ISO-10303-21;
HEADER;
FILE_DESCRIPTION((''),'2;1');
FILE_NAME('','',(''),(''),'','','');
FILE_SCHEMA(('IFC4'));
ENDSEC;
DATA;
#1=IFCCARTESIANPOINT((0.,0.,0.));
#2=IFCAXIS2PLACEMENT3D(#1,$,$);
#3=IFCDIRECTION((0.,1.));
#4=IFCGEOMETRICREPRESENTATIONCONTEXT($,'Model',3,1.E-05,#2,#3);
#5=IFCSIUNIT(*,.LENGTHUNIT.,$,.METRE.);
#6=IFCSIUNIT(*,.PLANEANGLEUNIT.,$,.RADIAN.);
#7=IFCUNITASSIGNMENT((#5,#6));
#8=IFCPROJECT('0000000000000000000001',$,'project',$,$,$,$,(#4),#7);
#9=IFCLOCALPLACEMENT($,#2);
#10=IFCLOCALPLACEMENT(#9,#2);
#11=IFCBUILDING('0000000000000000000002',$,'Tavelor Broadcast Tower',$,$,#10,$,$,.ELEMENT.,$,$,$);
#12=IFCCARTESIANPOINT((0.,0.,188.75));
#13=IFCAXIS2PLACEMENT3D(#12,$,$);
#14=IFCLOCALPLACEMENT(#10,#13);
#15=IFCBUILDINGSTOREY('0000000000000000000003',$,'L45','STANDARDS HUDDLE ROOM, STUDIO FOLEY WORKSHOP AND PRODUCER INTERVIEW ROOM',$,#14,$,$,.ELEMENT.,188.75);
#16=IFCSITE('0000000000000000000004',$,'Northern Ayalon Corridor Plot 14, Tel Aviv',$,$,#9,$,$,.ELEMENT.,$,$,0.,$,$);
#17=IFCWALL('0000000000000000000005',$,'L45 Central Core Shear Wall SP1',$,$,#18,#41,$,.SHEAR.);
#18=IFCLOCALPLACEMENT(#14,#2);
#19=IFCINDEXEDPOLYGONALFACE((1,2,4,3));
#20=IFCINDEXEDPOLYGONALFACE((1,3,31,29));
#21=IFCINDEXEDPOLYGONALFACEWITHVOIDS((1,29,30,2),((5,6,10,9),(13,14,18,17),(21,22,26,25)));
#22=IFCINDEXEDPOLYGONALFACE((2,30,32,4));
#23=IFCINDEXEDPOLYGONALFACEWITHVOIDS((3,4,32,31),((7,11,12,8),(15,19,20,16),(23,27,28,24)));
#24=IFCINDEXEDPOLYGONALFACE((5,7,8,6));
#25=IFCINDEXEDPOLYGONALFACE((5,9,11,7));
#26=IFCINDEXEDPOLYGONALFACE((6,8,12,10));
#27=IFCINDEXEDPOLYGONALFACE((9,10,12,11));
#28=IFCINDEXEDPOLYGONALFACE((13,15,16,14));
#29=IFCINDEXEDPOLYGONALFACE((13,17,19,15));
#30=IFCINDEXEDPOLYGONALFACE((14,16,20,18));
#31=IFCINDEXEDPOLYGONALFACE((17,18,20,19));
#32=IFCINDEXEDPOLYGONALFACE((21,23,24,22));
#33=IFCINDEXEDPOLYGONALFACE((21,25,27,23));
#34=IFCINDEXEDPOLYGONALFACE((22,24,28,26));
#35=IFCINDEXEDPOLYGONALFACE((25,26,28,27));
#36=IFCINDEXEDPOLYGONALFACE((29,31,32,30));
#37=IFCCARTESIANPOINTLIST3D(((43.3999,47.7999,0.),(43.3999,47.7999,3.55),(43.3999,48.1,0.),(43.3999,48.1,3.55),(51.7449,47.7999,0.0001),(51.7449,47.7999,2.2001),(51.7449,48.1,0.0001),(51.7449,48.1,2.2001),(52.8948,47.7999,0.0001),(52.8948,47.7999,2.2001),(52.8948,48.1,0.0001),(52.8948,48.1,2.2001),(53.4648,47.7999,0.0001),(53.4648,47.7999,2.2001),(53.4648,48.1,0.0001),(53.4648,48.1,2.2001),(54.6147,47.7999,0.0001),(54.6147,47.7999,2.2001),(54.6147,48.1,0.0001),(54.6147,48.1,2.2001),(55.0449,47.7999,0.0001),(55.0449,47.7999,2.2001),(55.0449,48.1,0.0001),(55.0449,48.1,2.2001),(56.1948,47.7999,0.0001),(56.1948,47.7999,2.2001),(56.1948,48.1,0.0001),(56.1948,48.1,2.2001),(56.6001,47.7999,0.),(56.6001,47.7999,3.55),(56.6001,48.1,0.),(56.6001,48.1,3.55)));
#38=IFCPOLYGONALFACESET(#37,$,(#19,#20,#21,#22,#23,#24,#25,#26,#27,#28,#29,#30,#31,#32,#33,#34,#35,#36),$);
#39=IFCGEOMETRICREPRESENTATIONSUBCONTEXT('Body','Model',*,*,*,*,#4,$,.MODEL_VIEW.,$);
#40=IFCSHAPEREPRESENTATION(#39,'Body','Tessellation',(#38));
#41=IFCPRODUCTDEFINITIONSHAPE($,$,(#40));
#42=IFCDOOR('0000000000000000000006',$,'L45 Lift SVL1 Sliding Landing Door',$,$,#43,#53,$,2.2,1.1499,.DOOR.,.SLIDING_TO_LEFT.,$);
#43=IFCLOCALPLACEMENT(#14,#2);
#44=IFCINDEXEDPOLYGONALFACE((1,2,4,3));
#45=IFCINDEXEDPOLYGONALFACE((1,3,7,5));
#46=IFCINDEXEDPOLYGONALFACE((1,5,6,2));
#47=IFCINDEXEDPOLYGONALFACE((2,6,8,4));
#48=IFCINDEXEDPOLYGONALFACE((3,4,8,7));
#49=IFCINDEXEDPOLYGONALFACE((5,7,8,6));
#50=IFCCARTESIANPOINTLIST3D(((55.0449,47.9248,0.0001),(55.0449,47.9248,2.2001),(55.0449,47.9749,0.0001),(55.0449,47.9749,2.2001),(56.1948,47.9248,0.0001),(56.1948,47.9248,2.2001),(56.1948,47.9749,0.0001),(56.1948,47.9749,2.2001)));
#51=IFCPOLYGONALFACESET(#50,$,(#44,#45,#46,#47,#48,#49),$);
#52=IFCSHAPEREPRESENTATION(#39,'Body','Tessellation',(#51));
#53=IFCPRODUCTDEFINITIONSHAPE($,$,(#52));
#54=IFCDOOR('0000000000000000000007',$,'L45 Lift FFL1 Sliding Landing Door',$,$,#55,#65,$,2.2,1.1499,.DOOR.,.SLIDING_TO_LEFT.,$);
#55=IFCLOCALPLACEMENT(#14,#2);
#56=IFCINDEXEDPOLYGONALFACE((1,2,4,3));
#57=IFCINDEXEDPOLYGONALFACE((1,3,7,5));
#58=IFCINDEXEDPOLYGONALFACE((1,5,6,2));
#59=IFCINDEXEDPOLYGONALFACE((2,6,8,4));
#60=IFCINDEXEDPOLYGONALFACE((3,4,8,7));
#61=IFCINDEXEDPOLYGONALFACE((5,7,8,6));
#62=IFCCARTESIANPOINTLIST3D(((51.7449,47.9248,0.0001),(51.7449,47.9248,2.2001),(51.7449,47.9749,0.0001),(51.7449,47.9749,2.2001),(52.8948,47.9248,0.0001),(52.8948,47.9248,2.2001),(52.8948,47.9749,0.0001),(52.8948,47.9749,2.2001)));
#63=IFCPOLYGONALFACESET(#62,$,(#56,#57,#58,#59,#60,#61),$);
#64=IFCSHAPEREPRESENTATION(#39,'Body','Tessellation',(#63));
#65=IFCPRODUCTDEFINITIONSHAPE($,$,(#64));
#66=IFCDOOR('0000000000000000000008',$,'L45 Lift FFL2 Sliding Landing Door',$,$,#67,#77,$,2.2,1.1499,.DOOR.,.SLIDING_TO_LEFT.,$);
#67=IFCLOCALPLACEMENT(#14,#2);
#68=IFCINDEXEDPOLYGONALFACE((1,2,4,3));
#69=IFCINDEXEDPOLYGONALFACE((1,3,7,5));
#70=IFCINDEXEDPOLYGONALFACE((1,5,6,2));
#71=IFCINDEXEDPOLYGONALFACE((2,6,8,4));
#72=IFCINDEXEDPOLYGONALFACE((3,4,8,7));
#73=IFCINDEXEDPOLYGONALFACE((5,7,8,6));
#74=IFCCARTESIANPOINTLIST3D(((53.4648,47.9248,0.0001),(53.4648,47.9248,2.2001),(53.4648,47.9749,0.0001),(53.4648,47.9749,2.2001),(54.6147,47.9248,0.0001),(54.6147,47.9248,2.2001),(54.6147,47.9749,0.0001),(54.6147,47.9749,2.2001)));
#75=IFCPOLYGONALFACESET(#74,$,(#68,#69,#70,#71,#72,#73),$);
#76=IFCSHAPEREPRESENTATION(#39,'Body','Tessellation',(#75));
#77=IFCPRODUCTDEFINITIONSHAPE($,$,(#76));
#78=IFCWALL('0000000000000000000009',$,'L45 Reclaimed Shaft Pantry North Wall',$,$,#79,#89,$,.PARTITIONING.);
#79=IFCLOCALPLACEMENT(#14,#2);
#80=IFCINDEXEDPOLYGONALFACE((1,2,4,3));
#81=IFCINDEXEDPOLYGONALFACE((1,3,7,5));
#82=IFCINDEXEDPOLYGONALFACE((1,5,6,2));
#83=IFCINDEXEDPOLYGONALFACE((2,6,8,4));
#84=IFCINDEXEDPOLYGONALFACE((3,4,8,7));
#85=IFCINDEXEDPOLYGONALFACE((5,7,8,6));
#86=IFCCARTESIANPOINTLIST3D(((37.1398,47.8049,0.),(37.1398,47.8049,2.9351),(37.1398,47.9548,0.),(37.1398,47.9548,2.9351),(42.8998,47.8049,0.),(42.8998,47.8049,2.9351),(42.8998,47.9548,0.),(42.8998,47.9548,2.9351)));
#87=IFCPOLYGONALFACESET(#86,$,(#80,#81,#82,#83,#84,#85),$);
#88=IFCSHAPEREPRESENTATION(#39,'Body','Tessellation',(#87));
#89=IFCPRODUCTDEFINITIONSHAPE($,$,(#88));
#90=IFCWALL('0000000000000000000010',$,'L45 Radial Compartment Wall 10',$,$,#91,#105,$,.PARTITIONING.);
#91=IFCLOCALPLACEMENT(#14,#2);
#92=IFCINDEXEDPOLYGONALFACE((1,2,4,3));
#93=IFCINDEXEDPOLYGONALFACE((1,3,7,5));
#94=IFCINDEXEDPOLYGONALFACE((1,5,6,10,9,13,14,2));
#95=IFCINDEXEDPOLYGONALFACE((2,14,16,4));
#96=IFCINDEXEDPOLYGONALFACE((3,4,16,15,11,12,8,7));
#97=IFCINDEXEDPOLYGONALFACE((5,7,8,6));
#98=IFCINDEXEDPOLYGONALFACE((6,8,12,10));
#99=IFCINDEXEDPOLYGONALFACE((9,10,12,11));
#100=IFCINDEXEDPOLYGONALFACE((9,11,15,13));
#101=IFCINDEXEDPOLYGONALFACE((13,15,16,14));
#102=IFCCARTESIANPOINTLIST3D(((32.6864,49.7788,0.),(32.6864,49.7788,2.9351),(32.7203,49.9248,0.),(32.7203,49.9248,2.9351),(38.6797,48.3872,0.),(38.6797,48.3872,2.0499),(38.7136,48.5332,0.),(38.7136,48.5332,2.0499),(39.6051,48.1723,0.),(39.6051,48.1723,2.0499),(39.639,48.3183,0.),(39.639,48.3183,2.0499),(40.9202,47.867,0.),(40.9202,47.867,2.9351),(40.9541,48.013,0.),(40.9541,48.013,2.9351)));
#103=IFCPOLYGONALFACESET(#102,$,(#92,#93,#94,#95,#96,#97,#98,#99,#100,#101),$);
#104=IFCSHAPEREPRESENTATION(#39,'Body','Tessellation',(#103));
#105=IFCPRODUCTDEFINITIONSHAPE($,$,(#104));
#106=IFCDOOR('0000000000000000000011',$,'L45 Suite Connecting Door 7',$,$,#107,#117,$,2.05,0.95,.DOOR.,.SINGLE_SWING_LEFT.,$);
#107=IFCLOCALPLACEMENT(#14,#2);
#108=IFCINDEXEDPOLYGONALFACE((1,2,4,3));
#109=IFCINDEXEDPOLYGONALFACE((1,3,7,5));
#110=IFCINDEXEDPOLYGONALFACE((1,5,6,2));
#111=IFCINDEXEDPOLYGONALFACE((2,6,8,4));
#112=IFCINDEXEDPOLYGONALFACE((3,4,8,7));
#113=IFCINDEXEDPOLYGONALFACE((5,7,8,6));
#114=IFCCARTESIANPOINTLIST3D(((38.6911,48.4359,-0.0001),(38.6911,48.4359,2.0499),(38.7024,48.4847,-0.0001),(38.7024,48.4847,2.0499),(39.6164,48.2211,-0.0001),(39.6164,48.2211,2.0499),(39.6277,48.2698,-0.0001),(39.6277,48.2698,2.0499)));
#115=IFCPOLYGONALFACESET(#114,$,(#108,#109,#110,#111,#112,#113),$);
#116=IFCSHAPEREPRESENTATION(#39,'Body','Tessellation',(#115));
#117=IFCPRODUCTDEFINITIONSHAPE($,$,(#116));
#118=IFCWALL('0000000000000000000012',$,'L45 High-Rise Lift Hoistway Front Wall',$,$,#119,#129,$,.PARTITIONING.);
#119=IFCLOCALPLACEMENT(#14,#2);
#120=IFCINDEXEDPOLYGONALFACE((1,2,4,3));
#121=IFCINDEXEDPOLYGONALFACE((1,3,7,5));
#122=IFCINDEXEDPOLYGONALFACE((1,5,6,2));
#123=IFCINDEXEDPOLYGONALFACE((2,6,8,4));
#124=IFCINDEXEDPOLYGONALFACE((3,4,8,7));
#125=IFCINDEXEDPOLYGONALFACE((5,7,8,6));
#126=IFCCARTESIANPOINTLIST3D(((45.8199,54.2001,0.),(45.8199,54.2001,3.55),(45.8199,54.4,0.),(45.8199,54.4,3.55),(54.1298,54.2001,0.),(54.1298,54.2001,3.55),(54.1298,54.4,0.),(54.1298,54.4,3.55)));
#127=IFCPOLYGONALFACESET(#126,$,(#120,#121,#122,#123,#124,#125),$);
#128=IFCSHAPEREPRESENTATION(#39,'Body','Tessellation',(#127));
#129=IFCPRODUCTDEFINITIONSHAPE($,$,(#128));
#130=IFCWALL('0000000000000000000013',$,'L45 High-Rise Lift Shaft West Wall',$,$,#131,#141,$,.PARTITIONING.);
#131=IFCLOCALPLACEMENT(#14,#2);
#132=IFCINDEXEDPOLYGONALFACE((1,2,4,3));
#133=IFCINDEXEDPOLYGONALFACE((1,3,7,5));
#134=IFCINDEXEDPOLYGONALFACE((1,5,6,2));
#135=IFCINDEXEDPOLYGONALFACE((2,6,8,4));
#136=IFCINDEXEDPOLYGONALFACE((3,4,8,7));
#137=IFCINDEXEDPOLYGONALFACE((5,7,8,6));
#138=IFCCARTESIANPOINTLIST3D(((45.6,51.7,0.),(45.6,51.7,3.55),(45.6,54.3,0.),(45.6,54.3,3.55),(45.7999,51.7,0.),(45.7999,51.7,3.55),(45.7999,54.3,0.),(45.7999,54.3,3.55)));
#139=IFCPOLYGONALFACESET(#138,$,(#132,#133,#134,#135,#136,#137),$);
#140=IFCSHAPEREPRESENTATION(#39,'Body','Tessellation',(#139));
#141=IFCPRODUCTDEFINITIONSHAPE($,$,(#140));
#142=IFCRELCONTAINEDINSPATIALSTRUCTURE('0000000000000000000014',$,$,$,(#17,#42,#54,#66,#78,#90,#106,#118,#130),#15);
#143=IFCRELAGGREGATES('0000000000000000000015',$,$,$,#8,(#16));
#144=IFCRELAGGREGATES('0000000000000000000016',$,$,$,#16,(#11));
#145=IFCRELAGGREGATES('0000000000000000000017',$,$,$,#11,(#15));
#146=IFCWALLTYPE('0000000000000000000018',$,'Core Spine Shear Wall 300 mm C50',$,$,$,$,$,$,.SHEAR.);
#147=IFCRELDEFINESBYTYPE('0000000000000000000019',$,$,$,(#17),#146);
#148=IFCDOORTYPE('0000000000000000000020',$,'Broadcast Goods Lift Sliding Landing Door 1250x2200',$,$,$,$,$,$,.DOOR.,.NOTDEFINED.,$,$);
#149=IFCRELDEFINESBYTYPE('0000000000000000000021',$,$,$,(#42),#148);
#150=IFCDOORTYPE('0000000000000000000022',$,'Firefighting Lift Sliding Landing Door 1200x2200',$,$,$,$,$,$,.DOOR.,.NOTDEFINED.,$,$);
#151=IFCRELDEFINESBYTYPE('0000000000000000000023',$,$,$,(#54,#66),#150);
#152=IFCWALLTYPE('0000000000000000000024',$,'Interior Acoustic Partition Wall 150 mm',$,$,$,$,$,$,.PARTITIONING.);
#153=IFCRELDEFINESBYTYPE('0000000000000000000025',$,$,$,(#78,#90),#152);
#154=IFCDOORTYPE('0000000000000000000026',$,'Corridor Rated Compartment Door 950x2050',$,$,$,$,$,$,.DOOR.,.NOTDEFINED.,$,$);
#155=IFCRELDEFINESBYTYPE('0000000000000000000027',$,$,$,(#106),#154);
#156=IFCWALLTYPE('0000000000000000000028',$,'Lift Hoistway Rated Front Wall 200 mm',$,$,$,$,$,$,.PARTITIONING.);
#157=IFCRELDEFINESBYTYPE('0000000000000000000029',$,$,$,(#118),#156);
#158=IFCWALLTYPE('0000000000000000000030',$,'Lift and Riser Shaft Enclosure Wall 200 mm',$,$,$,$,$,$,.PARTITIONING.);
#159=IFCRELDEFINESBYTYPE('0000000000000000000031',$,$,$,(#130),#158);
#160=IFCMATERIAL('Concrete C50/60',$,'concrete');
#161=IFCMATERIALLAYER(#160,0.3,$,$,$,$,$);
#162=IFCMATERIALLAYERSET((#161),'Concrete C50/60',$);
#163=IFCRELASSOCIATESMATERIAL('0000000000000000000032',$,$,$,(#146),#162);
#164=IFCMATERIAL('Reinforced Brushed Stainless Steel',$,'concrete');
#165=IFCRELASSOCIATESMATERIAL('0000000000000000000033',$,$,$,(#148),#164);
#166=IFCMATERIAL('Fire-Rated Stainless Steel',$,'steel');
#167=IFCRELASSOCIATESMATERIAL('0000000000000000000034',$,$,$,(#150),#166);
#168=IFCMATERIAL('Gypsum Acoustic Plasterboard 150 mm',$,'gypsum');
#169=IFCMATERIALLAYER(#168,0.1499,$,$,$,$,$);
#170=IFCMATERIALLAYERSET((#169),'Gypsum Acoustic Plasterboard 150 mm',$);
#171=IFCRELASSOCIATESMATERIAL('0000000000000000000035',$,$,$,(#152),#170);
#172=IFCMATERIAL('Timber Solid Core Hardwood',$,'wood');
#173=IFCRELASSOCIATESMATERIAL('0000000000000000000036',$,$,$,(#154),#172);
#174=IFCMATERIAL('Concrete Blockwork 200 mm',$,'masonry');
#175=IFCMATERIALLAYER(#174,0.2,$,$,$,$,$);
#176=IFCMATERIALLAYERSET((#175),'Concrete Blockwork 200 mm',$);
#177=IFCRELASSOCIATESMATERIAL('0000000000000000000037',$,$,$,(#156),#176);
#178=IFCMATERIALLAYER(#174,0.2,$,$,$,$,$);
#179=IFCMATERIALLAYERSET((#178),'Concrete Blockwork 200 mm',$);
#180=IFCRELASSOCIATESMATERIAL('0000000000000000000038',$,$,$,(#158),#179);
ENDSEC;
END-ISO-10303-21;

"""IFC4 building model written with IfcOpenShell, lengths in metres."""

from ifc_helpers import new_model, si_unit, direction, frame, frame_2d, origin, place, context, subcontext, project, spatial, rectangle, extrude, material, layer, layer_set, type_object, element, fill, save


model = new_model("IFC4")

# Units and contexts
model_context = context("Model", 3, precision=1e-05, world=origin(), true_north=direction((0.0, 1.0)))
body_context = subcontext(model_context, "Body", "Model", "MODEL_VIEW")
ifc_project = project(units=[si_unit("LENGTHUNIT", "METRE"), si_unit("PLANEANGLEUNIT", "RADIAN")], contexts=[model_context])

# Site, building, storey
site_placement = place(None, origin())
site = spatial("IfcSite", under=ifc_project, at=site_placement, Name="Northern Ayalon Corridor Plot 14, Tel Aviv", CompositionType="ELEMENT", RefElevation=0.0)
building_placement = place(site_placement, origin())
building = spatial("IfcBuilding", under=site, at=building_placement, Name="Tavelor Broadcast Tower", CompositionType="ELEMENT")
storey_placement = place(building_placement, frame((0.0, 0.0, 188.75)))
storey = spatial("IfcBuildingStorey", under=building, at=storey_placement, Name="L45", Description="STANDARDS HUDDLE ROOM, STUDIO FOLEY WORKSHOP AND PRODUCER INTERVIEW ROOM", CompositionType="ELEMENT", Elevation=188.75)

# Shared definitions
ifc_material_1 = material(Name="Concrete C50/60", Category="concrete")

# Wall, openings, doors
ifc_layer_1 = layer(ifc_material_1, 0.3)
ifc_layer_set_1 = layer_set([ifc_layer_1], Name="Concrete C50/60")
wall_type_1 = type_object("IfcWallType", Name="Core Spine Shear Wall 300 mm C50", PredefinedType="SHEAR", material=ifc_layer_set_1)
wall_1_placement = place(storey_placement, frame((43.3999, 47.95, 0.0), z_axis=(0.0, 0.0, 1.0), x_axis=(1.0, 0.0, 0.0)))
wall_1 = element("IfcWall", 1, at=wall_1_placement, inside=storey, type_object=wall_type_1, Name="L45 Central Core Shear Wall SP1", PredefinedType="SHEAR", context=body_context, shape_type="SweptSolid", body=[
    extrude(rectangle(XDim=13.2002, YDim=0.3, at=frame_2d((6.6001, 0.0))), origin(), (0.0, 0.0, 1.0), 3.55),
])
opening_1_placement = place(wall_1_placement, frame((8.345, 0.0, 0.0)))
opening_1 = element("IfcOpeningElement", 2, at=opening_1_placement, cuts=wall_1, PredefinedType="OPENING", context=body_context, shape_type="SweptSolid", body=[
    extrude(rectangle(XDim=1.1499, YDim=2.2, at=frame_2d((0.575, 1.1001))), frame((0.0, 0.1602, 0.0), z_axis=(0.0, -1.0, 0.0), x_axis=(1.0, 0.0, 0.0)), (0.0, 0.0, 1.0), 0.3201),
])
opening_2_placement = place(wall_1_placement, frame((10.0649, 0.0, 0.0)))
opening_2 = element("IfcOpeningElement", 3, at=opening_2_placement, cuts=wall_1, PredefinedType="OPENING", context=body_context, shape_type="SweptSolid", body=[
    extrude(rectangle(XDim=1.1499, YDim=2.2, at=frame_2d((0.575, 1.1001))), frame((0.0, 0.1602, 0.0), z_axis=(0.0, -1.0, 0.0), x_axis=(1.0, 0.0, 0.0)), (0.0, 0.0, 1.0), 0.3201),
])
opening_3_placement = place(wall_1_placement, frame((11.645, 0.0, 0.0)))
opening_3 = element("IfcOpeningElement", 4, at=opening_3_placement, cuts=wall_1, PredefinedType="OPENING", context=body_context, shape_type="SweptSolid", body=[
    extrude(rectangle(XDim=1.1499, YDim=2.2, at=frame_2d((0.575, 1.1001))), frame((0.0, 0.1602, 0.0), z_axis=(0.0, -1.0, 0.0), x_axis=(1.0, 0.0, 0.0)), (0.0, 0.0, 1.0), 0.3201),
])
ifc_material_2 = material(Name="Reinforced Brushed Stainless Steel", Category="concrete")
door_type_1 = type_object("IfcDoorType", Name="Broadcast Goods Lift Sliding Landing Door 1250x2200", OperationType="NOTDEFINED", PredefinedType="DOOR", material=ifc_material_2)
door_1_placement = place(opening_3_placement, origin())
door_1 = element("IfcDoor", 5, at=door_1_placement, inside=storey, type_object=door_type_1, Name="L45 Lift SVL1 Sliding Landing Door", OperationType="SLIDING_TO_LEFT", OverallHeight=2.2, OverallWidth=1.1499, PredefinedType="DOOR", context=body_context, shape_type="SweptSolid", body=[
    extrude(rectangle(XDim=1.1499, YDim=2.2, at=frame_2d((0.575, 1.1001))), frame((0.0, 0.0249, 0.0), z_axis=(0.0, -1.0, 0.0), x_axis=(1.0, 0.0, 0.0)), (0.0, 0.0, 1.0), 0.05),
])
fill(opening_3, door_1)
ifc_material_3 = material(Name="Fire-Rated Stainless Steel", Category="steel")
door_type_2 = type_object("IfcDoorType", Name="Firefighting Lift Sliding Landing Door 1200x2200", OperationType="NOTDEFINED", PredefinedType="DOOR", material=ifc_material_3)
door_2_placement = place(opening_1_placement, origin())
door_2 = element("IfcDoor", 6, at=door_2_placement, inside=storey, type_object=door_type_2, Name="L45 Lift FFL1 Sliding Landing Door", OperationType="SLIDING_TO_LEFT", OverallHeight=2.2, OverallWidth=1.1499, PredefinedType="DOOR", context=body_context, shape_type="SweptSolid", body=[
    extrude(rectangle(XDim=1.1499, YDim=2.2, at=frame_2d((0.575, 1.1001))), frame((0.0, 0.0249, 0.0), z_axis=(0.0, -1.0, 0.0), x_axis=(1.0, 0.0, 0.0)), (0.0, 0.0, 1.0), 0.05),
])
fill(opening_1, door_2)
door_3_placement = place(opening_2_placement, origin())
door_3 = element("IfcDoor", 7, at=door_3_placement, inside=storey, type_object=door_type_2, Name="L45 Lift FFL2 Sliding Landing Door", OperationType="SLIDING_TO_LEFT", OverallHeight=2.2, OverallWidth=1.1499, PredefinedType="DOOR", context=body_context, shape_type="SweptSolid", body=[
    extrude(rectangle(XDim=1.1499, YDim=2.2, at=frame_2d((0.575, 1.1001))), frame((0.0, 0.0249, 0.0), z_axis=(0.0, -1.0, 0.0), x_axis=(1.0, 0.0, 0.0)), (0.0, 0.0, 1.0), 0.05),
])
fill(opening_2, door_3)

# Wall
ifc_material_4 = material(Name="Gypsum Acoustic Plasterboard 150 mm", Category="gypsum")
ifc_layer_2 = layer(ifc_material_4, 0.1499)
ifc_layer_set_2 = layer_set([ifc_layer_2], Name="Gypsum Acoustic Plasterboard 150 mm")
wall_type_2 = type_object("IfcWallType", Name="Interior Acoustic Partition Wall 150 mm", PredefinedType="PARTITIONING", material=ifc_layer_set_2)
wall_2_placement = place(storey_placement, frame((37.1399, 47.8799, 0.0), z_axis=(0.0, 0.0, 1.0), x_axis=(1.0, 0.0, 0.0)))
element("IfcWall", 8, at=wall_2_placement, inside=storey, type_object=wall_type_2, Name="L45 Reclaimed Shaft Pantry North Wall", PredefinedType="PARTITIONING", context=body_context, shape_type="SweptSolid", body=[
    extrude(rectangle(XDim=5.76, YDim=0.1499, at=frame_2d((2.8799, 0.0))), origin(), (0.0, 0.0, 1.0), 2.9351),
])

# Wall, opening, door
wall_3_placement = place(storey_placement, frame((40.9373, 47.9399, 0.0), z_axis=(0.0, 0.0, 1.0), x_axis=(-0.974086, 0.226178, 0.0)))
wall_3 = element("IfcWall", 9, at=wall_3_placement, inside=storey, type_object=wall_type_2, Name="L45 Radial Compartment Wall 10", PredefinedType="PARTITIONING", context=body_context, shape_type="SweptSolid", body=[
    extrude(rectangle(XDim=8.4529, YDim=0.1499, at=frame_2d((4.2266, 0.0))), origin(), (0.0, 0.0, 1.0), 2.9351),
])
opening_4_placement = place(wall_3_placement, frame((1.3501, 0.0, 0.0)))
opening_4 = element("IfcOpeningElement", 10, at=opening_4_placement, cuts=wall_3, PredefinedType="OPENING", context=body_context, shape_type="SweptSolid", body=[
    extrude(rectangle(XDim=0.95, YDim=2.05, at=frame_2d((0.4751, 1.0249))), frame((0.0, 0.085, 0.0), z_axis=(0.0, -1.0, 0.0), x_axis=(1.0, 0.0, 0.0)), (0.0, 0.0, 1.0), 0.1699),
])
ifc_material_5 = material(Name="Timber Solid Core Hardwood", Category="wood")
door_type_3 = type_object("IfcDoorType", Name="Corridor Rated Compartment Door 950x2050", OperationType="NOTDEFINED", PredefinedType="DOOR", material=ifc_material_5)
door_4_placement = place(opening_4_placement, origin())
door_4 = element("IfcDoor", 11, at=door_4_placement, inside=storey, type_object=door_type_3, Name="L45 Suite Connecting Door 7", OperationType="SINGLE_SWING_LEFT", OverallHeight=2.05, OverallWidth=0.95, PredefinedType="DOOR", context=body_context, shape_type="SweptSolid", body=[
    extrude(rectangle(XDim=0.95, YDim=2.05, at=frame_2d((0.4751, 1.0249))), frame((0.0, 0.0249, 0.0), z_axis=(0.0, -1.0, 0.0), x_axis=(1.0, 0.0, 0.0)), (0.0, 0.0, 1.0), 0.05),
])
fill(opening_4, door_4)

# Walls
ifc_material_6 = material(Name="Concrete Blockwork 200 mm", Category="masonry")
ifc_layer_3 = layer(ifc_material_6, 0.2)
ifc_layer_set_3 = layer_set([ifc_layer_3], Name="Concrete Blockwork 200 mm")
wall_type_3 = type_object("IfcWallType", Name="Lift Hoistway Rated Front Wall 200 mm", PredefinedType="PARTITIONING", material=ifc_layer_set_3)
wall_4_placement = place(storey_placement, frame((45.8201, 54.3, 0.0), z_axis=(0.0, 0.0, 1.0), x_axis=(1.0, 0.0, 0.0)))
element("IfcWall", 12, at=wall_4_placement, inside=storey, type_object=wall_type_3, Name="L45 High-Rise Lift Hoistway Front Wall", PredefinedType="PARTITIONING", context=body_context, shape_type="SweptSolid", body=[
    extrude(rectangle(XDim=8.3098, YDim=0.2, at=frame_2d((4.1548, 0.0))), origin(), (0.0, 0.0, 1.0), 3.55),
])
ifc_layer_4 = layer(ifc_material_6, 0.2)
ifc_layer_set_4 = layer_set([ifc_layer_4], Name="Concrete Blockwork 200 mm")
wall_type_4 = type_object("IfcWallType", Name="Lift and Riser Shaft Enclosure Wall 200 mm", PredefinedType="PARTITIONING", material=ifc_layer_set_4)
wall_5_placement = place(storey_placement, frame((45.7, 51.7, 0.0), z_axis=(0.0, 0.0, 1.0), x_axis=(0.0, 1.0, 0.0)))
element("IfcWall", 13, at=wall_5_placement, inside=storey, type_object=wall_type_4, Name="L45 High-Rise Lift Shaft West Wall", PredefinedType="PARTITIONING", context=body_context, shape_type="SweptSolid", body=[
    extrude(rectangle(XDim=2.6001, YDim=0.2, at=frame_2d((1.3, 0.0))), origin(), (0.0, 0.0, 1.0), 3.55),
])

save(model, "model.ifc")
